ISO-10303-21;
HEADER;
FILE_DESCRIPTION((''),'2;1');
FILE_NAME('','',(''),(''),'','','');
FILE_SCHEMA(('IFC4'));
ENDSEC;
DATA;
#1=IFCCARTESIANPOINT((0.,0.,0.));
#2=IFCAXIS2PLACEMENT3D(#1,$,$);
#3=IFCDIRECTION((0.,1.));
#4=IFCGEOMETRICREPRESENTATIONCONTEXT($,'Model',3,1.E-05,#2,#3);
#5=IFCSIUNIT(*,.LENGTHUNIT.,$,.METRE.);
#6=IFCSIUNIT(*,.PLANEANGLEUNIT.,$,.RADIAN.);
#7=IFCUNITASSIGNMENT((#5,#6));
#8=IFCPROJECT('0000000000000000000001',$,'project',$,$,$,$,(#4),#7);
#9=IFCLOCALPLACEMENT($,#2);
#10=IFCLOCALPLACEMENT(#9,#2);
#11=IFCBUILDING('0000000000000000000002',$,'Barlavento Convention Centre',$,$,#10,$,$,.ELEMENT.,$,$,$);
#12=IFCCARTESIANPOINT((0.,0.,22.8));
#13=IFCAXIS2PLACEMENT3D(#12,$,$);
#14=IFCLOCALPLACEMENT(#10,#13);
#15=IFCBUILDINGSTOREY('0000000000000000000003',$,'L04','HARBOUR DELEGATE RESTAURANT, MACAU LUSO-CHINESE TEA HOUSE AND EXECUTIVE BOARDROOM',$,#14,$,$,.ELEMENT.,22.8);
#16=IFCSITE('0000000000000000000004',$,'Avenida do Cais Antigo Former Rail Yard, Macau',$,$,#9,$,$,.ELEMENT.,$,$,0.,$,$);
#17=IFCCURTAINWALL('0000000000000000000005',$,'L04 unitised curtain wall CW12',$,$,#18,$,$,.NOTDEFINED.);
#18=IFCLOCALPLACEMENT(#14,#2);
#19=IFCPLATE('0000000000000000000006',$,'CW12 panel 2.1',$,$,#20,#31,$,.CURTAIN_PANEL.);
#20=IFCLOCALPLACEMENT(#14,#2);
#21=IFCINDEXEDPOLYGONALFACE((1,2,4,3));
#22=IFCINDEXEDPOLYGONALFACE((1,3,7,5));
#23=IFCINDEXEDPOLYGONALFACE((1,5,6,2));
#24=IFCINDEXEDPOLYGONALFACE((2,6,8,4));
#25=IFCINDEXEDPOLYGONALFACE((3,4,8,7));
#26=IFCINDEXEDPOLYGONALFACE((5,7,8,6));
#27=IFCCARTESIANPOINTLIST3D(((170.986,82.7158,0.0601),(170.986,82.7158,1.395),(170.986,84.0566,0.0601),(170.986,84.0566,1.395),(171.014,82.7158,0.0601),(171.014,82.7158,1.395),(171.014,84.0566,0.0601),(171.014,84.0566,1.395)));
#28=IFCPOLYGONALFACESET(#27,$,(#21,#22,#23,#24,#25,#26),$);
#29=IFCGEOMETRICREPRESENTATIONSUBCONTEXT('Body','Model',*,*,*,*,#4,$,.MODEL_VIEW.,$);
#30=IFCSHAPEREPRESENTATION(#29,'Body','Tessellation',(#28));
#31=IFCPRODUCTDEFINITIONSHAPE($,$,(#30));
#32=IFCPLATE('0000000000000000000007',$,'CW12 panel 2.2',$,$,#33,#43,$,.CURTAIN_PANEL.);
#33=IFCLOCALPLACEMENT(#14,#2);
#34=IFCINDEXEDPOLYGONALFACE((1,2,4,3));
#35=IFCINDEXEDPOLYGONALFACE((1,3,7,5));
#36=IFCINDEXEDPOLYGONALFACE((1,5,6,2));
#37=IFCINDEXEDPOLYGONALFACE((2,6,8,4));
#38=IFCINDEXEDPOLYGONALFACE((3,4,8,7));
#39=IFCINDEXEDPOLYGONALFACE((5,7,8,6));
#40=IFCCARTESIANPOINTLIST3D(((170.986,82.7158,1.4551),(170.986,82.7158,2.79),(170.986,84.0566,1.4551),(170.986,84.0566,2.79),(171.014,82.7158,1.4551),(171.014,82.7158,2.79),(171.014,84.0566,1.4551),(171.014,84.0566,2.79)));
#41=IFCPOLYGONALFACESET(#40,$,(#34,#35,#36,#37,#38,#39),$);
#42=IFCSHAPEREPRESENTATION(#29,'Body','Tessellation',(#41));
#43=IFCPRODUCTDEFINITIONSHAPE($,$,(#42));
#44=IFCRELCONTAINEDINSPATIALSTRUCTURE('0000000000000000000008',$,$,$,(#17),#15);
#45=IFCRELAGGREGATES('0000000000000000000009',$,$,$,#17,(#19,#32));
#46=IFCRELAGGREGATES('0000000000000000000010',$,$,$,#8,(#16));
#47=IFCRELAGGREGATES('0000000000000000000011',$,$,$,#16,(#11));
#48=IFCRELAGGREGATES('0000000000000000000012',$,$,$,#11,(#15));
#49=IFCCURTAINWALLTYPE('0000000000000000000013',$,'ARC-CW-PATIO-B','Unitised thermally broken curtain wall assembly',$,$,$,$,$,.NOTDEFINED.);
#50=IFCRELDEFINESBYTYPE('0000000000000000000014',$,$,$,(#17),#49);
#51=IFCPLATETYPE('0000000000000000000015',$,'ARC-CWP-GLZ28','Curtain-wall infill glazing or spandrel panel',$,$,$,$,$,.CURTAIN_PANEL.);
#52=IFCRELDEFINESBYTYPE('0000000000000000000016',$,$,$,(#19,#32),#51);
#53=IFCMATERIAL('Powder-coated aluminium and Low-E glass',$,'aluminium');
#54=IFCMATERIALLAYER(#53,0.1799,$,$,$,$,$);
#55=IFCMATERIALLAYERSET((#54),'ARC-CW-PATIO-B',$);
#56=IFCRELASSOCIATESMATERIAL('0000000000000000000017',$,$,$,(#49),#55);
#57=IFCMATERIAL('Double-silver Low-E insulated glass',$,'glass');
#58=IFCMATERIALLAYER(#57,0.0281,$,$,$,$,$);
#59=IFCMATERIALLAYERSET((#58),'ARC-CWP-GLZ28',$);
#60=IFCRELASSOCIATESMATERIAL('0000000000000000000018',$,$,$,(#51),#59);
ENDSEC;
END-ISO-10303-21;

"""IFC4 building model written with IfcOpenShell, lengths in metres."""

from ifc_helpers import new_model, si_unit, direction, frame, origin, origin_2d, place, context, subcontext, project, spatial, rectangle, extrude, material, layer, layer_set, type_object, element, aggregate, save


model = new_model("IFC4")

# Units and contexts
model_context = context("Model", 3, precision=1e-05, world=origin(), true_north=direction((0.0, 1.0)))
body_context = subcontext(model_context, "Body", "Model", "MODEL_VIEW")
ifc_project = project(units=[si_unit("LENGTHUNIT", "METRE"), si_unit("PLANEANGLEUNIT", "RADIAN")], contexts=[model_context])

# Site, building, storey
site_placement = place(None, origin())
site = spatial("IfcSite", under=ifc_project, at=site_placement, Name="Avenida do Cais Antigo Former Rail Yard, Macau", CompositionType="ELEMENT", RefElevation=0.0)
building_placement = place(site_placement, origin())
building = spatial("IfcBuilding", under=site, at=building_placement, Name="Barlavento Convention Centre", CompositionType="ELEMENT")
storey_placement = place(building_placement, frame((0.0, 0.0, 22.8)))
storey = spatial("IfcBuildingStorey", under=building, at=storey_placement, Name="L04", Description="HARBOUR DELEGATE RESTAURANT, MACAU LUSO-CHINESE TEA HOUSE AND EXECUTIVE BOARDROOM", CompositionType="ELEMENT", Elevation=22.8)

# Shared definitions
ifc_material_1 = material(Name="Powder-coated aluminium and Low-E glass", Category="aluminium")
ifc_layer_1 = layer(ifc_material_1, 0.1799)
ifc_layer_set_1 = layer_set([ifc_layer_1], Name="ARC-CW-PATIO-B")
curtain_wall_type = type_object("IfcCurtainWallType", Name="ARC-CW-PATIO-B", Description="Unitised thermally broken curtain wall assembly", PredefinedType="NOTDEFINED", material=ifc_layer_set_1)

# Curtain wall
curtain_wall_1_placement = place(storey_placement, origin())
curtain_wall_1 = element("IfcCurtainWall", 1, at=curtain_wall_1_placement, inside=storey, type_object=curtain_wall_type, Name="L04 unitised curtain wall CW12", PredefinedType="NOTDEFINED")

# Plates
ifc_material_2 = material(Name="Double-silver Low-E insulated glass", Category="glass")
ifc_layer_2 = layer(ifc_material_2, 0.0281)
ifc_layer_set_2 = layer_set([ifc_layer_2], Name="ARC-CWP-GLZ28")
plate_type = type_object("IfcPlateType", Name="ARC-CWP-GLZ28", Description="Curtain-wall infill glazing or spandrel panel", PredefinedType="CURTAIN_PANEL", material=ifc_layer_set_2)
plate_1_placement = place(storey_placement, frame((171.0, 83.3862, 0.0601), z_axis=(0.0, 0.0, 1.0), x_axis=(0.0, 1.0, 0.0)))
plate_1 = element("IfcPlate", 2, at=plate_1_placement, type_object=plate_type, Name="CW12 panel 2.1", PredefinedType="CURTAIN_PANEL", context=body_context, shape_type="SweptSolid", body=[
    extrude(rectangle(XDim=1.3408, YDim=0.0281, at=origin_2d()), origin(), (0.0, 0.0, 1.0), 1.335),
])
plate_2_placement = place(storey_placement, frame((171.0, 83.3862, 1.4551), z_axis=(0.0, 0.0, 1.0), x_axis=(0.0, 1.0, 0.0)))
plate_2 = element("IfcPlate", 3, at=plate_2_placement, type_object=plate_type, Name="CW12 panel 2.2", PredefinedType="CURTAIN_PANEL", context=body_context, shape_type="SweptSolid", body=[
    extrude(rectangle(XDim=1.3408, YDim=0.0281, at=origin_2d()), origin(), (0.0, 0.0, 1.0), 1.335),
])
aggregate(curtain_wall_1, [plate_1, plate_2])

save(model, "model.ifc")
